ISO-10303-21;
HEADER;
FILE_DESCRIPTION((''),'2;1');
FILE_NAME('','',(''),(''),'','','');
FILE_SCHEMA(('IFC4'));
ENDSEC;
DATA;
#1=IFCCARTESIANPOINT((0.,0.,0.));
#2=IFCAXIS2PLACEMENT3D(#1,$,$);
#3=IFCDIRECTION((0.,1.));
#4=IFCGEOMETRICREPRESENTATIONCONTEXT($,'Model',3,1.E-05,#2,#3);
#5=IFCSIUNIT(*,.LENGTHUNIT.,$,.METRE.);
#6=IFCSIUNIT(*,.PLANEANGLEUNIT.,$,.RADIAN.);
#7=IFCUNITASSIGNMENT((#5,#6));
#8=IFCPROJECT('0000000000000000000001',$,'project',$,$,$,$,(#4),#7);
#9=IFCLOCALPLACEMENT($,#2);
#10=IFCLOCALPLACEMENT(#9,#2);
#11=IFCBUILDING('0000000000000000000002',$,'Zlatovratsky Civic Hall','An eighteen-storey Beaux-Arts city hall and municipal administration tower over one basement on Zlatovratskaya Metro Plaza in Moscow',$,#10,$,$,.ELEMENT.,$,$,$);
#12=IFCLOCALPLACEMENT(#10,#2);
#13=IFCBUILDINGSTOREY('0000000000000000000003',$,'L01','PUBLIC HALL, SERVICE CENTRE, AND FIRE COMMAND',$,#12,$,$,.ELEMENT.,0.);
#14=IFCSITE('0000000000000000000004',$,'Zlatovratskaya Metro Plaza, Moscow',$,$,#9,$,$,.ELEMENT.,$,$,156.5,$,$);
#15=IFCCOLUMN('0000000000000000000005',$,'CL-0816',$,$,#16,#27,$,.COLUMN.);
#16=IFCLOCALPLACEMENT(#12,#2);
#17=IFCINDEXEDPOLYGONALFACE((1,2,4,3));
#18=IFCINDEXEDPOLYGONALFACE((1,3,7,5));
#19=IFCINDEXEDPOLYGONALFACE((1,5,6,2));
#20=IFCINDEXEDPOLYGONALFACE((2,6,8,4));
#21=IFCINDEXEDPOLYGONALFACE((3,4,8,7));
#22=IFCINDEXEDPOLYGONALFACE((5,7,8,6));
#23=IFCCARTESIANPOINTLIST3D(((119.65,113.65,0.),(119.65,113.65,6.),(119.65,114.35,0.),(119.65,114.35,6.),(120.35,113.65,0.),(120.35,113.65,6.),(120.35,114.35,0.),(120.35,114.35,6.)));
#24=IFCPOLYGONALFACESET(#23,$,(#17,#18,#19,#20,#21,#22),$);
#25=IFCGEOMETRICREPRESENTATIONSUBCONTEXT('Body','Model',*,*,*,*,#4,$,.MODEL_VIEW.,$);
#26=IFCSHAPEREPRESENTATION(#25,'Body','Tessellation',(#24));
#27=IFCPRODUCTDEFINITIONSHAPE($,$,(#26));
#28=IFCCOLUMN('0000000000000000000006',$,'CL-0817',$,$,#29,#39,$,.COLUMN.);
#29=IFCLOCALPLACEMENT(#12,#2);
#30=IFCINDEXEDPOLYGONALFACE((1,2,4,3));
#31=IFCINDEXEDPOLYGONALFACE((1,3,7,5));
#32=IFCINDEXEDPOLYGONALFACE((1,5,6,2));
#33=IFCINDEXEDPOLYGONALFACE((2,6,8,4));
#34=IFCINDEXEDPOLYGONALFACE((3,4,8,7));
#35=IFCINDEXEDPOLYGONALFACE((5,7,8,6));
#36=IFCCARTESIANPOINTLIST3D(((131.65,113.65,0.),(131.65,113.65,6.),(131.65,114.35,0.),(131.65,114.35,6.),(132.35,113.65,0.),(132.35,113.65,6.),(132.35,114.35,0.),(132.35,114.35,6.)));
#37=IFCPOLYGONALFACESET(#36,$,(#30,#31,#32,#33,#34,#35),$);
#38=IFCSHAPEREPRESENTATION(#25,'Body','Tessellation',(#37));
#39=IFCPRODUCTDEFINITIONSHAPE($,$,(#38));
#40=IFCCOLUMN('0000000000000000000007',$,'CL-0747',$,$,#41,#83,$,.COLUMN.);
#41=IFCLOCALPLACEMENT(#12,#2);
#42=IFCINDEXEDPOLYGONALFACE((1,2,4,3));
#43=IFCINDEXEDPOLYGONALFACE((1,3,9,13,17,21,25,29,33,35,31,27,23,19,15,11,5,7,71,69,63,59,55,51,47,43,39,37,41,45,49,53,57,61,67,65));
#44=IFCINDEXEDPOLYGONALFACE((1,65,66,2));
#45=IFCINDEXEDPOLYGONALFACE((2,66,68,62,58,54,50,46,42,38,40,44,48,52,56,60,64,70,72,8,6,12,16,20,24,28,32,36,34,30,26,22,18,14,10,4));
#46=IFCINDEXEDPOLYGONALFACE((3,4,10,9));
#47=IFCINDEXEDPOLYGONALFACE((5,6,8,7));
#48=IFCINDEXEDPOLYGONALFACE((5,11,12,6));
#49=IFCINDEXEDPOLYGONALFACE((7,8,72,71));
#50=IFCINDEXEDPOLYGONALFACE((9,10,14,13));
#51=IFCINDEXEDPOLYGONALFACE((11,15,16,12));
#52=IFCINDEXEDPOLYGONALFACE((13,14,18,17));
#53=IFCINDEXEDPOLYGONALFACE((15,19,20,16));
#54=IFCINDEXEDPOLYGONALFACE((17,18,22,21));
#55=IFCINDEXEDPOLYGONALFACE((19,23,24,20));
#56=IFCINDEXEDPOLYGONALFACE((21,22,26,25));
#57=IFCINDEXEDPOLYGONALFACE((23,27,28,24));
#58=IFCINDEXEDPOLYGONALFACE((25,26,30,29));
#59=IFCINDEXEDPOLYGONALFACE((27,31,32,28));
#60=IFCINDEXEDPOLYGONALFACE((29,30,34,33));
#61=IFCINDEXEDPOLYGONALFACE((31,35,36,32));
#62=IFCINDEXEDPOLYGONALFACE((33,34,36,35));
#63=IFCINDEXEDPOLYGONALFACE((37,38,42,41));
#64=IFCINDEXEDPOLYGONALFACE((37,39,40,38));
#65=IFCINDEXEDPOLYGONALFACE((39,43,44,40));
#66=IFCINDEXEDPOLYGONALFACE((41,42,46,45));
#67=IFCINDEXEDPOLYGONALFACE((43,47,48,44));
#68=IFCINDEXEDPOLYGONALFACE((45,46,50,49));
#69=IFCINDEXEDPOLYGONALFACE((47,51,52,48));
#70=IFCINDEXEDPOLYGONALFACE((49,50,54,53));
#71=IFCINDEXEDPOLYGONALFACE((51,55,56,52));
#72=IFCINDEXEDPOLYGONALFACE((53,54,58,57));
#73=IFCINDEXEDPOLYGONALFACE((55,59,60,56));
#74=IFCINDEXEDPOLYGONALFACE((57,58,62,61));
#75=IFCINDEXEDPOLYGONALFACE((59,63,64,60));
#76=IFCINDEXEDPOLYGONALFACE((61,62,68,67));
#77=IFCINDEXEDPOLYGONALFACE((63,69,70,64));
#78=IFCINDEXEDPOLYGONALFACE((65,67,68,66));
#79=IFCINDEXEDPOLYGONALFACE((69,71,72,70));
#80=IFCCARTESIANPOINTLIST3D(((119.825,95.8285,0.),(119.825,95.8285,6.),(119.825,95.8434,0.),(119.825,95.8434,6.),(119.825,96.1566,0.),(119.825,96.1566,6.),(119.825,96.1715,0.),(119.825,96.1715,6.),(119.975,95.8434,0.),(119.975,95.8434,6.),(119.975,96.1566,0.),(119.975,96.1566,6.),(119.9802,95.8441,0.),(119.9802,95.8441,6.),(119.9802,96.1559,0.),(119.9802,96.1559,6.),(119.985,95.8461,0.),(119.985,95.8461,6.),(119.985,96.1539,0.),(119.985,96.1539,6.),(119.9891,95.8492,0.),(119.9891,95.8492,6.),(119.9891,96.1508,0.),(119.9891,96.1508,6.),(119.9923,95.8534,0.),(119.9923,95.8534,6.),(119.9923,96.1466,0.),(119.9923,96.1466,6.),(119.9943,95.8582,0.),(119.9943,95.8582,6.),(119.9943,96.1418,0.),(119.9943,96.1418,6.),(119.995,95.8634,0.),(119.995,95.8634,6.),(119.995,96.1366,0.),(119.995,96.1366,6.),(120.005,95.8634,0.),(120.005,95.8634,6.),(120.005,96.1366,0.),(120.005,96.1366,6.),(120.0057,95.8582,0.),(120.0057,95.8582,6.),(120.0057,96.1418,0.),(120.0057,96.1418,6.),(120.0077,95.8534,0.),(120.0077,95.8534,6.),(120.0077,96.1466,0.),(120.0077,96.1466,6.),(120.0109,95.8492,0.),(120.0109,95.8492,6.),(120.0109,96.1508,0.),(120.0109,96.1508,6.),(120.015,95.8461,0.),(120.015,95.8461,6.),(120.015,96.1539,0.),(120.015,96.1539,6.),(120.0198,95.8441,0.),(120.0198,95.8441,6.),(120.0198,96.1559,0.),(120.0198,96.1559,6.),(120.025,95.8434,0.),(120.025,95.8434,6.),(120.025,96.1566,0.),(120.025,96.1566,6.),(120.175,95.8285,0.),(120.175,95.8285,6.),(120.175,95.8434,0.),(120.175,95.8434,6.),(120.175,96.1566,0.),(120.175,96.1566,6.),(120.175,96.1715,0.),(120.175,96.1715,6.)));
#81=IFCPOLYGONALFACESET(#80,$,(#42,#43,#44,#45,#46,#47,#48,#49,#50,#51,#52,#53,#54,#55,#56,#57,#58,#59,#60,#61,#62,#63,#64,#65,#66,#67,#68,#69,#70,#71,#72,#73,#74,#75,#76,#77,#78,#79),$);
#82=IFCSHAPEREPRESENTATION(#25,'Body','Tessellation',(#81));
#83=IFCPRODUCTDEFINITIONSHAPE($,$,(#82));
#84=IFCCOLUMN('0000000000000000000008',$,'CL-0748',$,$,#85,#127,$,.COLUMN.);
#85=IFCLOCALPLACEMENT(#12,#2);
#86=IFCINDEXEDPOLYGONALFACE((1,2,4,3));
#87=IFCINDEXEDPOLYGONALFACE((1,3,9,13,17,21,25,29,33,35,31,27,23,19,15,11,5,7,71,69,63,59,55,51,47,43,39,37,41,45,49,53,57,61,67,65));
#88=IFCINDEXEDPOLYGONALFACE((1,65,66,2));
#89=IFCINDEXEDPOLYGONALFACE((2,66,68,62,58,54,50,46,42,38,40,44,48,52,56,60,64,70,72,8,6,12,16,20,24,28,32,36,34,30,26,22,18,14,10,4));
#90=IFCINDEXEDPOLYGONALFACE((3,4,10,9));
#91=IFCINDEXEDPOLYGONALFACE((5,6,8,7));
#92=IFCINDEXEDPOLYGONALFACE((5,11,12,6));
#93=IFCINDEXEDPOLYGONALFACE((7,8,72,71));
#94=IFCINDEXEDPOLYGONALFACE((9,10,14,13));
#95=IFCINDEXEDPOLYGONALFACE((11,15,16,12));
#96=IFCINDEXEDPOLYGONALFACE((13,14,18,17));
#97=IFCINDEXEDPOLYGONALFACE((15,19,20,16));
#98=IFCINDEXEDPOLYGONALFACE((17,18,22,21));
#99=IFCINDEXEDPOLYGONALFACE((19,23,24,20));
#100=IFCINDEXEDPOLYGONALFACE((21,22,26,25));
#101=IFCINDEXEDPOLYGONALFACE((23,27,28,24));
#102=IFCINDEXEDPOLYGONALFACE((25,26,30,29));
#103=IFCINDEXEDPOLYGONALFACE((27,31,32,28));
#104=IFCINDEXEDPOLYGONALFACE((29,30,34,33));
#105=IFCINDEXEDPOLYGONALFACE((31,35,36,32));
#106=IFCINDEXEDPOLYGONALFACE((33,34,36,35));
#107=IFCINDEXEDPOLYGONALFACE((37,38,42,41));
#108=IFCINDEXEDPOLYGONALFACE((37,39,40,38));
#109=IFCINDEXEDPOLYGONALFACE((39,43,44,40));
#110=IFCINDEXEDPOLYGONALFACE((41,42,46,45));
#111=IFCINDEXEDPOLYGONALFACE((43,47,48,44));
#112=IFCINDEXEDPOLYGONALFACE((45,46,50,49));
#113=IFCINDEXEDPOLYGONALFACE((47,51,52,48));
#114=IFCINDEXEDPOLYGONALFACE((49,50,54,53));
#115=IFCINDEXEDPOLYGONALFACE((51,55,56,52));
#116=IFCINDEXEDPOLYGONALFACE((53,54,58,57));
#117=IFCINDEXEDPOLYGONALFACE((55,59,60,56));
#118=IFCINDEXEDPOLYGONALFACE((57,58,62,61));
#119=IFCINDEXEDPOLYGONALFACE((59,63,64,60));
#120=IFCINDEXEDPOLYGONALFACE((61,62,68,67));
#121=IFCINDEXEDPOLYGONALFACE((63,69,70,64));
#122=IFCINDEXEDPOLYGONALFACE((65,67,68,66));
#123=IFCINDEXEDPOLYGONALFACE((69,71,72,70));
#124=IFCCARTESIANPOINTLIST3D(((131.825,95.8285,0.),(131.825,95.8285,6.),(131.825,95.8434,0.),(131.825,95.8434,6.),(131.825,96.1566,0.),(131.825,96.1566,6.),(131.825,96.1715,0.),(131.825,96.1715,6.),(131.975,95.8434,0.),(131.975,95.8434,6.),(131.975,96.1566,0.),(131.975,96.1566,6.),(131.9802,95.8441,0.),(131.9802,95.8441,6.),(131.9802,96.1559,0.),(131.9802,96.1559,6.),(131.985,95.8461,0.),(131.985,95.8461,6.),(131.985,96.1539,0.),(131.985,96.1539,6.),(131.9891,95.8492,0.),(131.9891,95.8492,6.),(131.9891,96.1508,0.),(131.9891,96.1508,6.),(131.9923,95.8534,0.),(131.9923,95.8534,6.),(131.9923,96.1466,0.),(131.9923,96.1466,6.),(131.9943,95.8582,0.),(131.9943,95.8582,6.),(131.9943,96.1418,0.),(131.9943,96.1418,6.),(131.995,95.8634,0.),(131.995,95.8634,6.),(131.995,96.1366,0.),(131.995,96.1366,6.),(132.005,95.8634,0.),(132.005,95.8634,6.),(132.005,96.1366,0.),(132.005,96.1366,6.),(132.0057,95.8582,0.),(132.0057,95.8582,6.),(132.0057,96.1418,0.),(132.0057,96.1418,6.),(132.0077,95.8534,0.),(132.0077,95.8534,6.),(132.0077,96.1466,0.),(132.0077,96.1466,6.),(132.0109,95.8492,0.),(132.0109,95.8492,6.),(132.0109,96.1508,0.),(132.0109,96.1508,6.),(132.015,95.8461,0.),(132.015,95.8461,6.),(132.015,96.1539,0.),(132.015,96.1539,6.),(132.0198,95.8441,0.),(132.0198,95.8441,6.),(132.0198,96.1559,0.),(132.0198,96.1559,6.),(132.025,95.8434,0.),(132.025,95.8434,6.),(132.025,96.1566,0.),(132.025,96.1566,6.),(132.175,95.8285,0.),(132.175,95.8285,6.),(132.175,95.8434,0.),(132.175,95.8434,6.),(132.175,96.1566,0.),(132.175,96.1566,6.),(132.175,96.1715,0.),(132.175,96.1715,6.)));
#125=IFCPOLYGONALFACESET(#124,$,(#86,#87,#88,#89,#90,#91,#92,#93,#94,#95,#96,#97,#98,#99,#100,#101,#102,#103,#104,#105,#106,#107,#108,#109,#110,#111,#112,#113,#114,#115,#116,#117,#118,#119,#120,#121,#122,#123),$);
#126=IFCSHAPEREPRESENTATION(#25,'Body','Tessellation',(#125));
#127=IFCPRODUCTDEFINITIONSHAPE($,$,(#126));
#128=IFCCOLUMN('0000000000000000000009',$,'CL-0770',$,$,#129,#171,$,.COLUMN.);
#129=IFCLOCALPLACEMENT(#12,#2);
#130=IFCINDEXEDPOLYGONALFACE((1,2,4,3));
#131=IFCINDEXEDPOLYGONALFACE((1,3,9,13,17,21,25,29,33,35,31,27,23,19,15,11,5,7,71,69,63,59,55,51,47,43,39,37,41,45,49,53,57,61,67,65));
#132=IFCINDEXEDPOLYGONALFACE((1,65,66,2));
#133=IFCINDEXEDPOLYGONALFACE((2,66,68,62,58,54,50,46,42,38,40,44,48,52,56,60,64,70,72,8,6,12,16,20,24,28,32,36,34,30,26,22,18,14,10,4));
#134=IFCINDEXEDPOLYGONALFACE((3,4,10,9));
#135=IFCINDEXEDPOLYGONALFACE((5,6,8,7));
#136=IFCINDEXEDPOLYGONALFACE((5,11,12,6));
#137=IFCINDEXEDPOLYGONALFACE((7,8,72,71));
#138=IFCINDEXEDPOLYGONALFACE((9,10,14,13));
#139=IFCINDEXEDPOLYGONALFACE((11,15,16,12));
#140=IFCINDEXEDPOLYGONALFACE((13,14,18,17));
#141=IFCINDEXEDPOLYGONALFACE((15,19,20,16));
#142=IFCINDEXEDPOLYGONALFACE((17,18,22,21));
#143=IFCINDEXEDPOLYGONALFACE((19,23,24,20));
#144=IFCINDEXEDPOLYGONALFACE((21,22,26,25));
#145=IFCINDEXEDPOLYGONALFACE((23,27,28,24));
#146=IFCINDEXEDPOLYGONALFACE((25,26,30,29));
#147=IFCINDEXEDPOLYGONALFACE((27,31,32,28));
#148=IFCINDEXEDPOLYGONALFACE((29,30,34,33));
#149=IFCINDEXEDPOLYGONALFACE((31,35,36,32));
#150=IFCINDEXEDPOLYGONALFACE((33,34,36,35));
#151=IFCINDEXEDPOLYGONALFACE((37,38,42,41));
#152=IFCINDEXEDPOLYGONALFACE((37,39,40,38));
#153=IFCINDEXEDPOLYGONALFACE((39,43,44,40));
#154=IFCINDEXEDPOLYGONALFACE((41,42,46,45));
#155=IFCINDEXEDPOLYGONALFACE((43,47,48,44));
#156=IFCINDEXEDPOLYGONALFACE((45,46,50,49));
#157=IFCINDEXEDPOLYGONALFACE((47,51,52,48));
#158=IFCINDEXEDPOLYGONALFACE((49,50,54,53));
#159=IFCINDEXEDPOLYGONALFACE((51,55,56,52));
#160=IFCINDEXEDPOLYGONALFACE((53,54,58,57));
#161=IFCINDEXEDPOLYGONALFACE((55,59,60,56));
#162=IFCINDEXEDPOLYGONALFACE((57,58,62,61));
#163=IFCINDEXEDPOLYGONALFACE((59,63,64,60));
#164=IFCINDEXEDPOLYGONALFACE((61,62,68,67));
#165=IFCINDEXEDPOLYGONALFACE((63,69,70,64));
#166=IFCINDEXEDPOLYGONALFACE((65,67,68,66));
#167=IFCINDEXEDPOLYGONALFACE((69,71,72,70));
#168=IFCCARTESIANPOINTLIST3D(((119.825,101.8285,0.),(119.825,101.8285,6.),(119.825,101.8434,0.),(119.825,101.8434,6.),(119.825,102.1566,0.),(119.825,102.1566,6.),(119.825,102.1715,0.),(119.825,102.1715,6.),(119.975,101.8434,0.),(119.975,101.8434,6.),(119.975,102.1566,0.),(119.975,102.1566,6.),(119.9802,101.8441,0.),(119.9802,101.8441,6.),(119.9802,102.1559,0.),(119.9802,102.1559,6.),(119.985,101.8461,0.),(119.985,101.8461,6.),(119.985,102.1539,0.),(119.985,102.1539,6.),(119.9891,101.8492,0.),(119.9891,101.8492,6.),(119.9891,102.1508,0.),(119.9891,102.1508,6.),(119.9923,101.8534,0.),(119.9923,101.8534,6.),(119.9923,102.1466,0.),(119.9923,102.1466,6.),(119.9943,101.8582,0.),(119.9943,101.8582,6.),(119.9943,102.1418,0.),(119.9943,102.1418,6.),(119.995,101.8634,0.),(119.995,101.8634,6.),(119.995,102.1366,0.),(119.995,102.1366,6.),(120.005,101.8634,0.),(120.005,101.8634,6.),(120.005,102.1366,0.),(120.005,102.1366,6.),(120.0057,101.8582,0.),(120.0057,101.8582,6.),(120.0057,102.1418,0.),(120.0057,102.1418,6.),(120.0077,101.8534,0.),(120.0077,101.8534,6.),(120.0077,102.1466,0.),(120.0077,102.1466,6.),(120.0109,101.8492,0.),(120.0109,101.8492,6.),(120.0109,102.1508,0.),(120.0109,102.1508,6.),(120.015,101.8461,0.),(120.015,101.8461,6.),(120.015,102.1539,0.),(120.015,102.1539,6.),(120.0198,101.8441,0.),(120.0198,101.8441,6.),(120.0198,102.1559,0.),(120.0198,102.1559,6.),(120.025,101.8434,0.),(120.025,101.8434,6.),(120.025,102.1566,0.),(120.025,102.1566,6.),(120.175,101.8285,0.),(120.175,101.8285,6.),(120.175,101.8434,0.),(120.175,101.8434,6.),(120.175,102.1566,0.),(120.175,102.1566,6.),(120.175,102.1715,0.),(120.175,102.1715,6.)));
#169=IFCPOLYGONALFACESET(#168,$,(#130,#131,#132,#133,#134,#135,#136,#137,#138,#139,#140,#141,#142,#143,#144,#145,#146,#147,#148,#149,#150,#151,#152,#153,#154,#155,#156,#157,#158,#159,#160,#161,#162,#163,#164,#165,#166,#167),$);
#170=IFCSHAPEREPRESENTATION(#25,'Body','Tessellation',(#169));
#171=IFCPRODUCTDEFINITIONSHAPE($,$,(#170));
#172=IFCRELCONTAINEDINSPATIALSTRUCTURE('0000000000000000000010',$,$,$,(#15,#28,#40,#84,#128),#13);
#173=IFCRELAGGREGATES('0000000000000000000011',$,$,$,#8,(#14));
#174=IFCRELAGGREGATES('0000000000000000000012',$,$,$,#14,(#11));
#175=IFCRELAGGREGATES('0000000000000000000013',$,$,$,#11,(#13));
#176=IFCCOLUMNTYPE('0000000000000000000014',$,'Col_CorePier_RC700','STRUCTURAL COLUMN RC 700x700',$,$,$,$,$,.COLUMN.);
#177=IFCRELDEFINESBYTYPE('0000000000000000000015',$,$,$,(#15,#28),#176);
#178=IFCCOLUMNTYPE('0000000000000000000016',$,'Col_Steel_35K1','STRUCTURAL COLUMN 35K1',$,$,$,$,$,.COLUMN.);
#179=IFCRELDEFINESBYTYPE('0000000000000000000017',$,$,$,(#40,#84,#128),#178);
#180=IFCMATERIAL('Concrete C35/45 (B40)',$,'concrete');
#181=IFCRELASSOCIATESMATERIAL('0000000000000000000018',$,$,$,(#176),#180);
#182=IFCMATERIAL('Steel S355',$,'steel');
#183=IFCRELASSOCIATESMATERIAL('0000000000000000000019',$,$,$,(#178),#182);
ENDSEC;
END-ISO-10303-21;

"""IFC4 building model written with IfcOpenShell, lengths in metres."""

from ifc_helpers import new_model, si_unit, direction, frame, origin, origin_2d, place, context, subcontext, project, spatial, rectangle, i_section, extrude, material, material_profile, profile_set, type_object, element, save


model = new_model("IFC4")

# Units and contexts
model_context = context("Model", 3, precision=1e-05, world=origin(), true_north=direction((0.0, 1.0)))
body_context = subcontext(model_context, "Body", "Model", "MODEL_VIEW")
ifc_project = project(units=[si_unit("LENGTHUNIT", "METRE"), si_unit("PLANEANGLEUNIT", "RADIAN")], contexts=[model_context])

# Site, building, storey
site_placement = place(None, origin())
site = spatial("IfcSite", under=ifc_project, at=site_placement, Name="Zlatovratskaya Metro Plaza, Moscow", CompositionType="ELEMENT", RefElevation=156.5)
building_placement = place(site_placement, origin())
building = spatial("IfcBuilding", under=site, at=building_placement, Name="Zlatovratsky Civic Hall", Description="An eighteen-storey Beaux-Arts city hall and municipal administration tower over one basement on Zlatovratskaya Metro Plaza in Moscow", CompositionType="ELEMENT")
storey_placement = place(building_placement, origin())
storey = spatial("IfcBuildingStorey", under=building, at=storey_placement, Name="L01", Description="PUBLIC HALL, SERVICE CENTRE, AND FIRE COMMAND", CompositionType="ELEMENT", Elevation=0.0)

# Columns
ifc_material_1 = material(Name="Concrete C35/45 (B40)", Category="concrete")
ifc_material_profile_1 = material_profile(ifc_material_1, rectangle(XDim=0.7, YDim=0.7, at=origin_2d()), Name="RC 700x700")
ifc_profile_set_1 = profile_set([ifc_material_profile_1], Name="Concrete C35/45 (B40)")
column_type_1 = type_object("IfcColumnType", Name="Col_CorePier_RC700", Description="STRUCTURAL COLUMN RC 700x700", PredefinedType="COLUMN", material=ifc_profile_set_1)
for number, where, z_axis, x_axis, name in (
    (1, (120.0, 114.0, 0.0), (0.0, 0.0, 1.0), (1.0, 0.0, 0.0), "CL-0816"),
    (2, (132.0, 114.0, 0.0), (0.0, 0.0, 1.0), (1.0, 0.0, 0.0), "CL-0817"),
):
    element("IfcColumn", number, at=place(storey_placement, frame(where, z_axis=z_axis, x_axis=x_axis)), inside=storey, type_object=column_type_1, Name=name, PredefinedType="COLUMN", context=body_context, shape_type="SweptSolid", body=[
        extrude(rectangle(XDim=0.7, YDim=0.7, at=origin_2d()), origin(), (0.0, 0.0, 1.0), 6.0),
    ])
ifc_material_2 = material(Name="Steel S355", Category="steel")
ifc_material_profile_2 = material_profile(ifc_material_2, i_section(OverallWidth=0.3501, OverallDepth=0.343, WebThickness=0.01, FlangeThickness=0.0149, FilletRadius=0.02, at=origin_2d()), Name="35K1")
ifc_profile_set_2 = profile_set([ifc_material_profile_2], Name="Steel S355")
column_type_2 = type_object("IfcColumnType", Name="Col_Steel_35K1", Description="STRUCTURAL COLUMN 35K1", PredefinedType="COLUMN", material=ifc_profile_set_2)
for number, where, z_axis, x_axis, name in (
    (3, (120.0, 96.0, 0.0), (0.0, 0.0, 1.0), (1.0, 0.0, 0.0), "CL-0747"),
    (4, (132.0, 96.0, 0.0), (0.0, 0.0, 1.0), (1.0, 0.0, 0.0), "CL-0748"),
    (5, (120.0, 102.0, 0.0), (0.0, 0.0, 1.0), (1.0, 0.0, 0.0), "CL-0770"),
):
    element("IfcColumn", number, at=place(storey_placement, frame(where, z_axis=z_axis, x_axis=x_axis)), inside=storey, type_object=column_type_2, Name=name, PredefinedType="COLUMN", context=body_context, shape_type="SweptSolid", body=[
        extrude(i_section(OverallWidth=0.3501, OverallDepth=0.343, WebThickness=0.01, FlangeThickness=0.0149, FilletRadius=0.02, at=origin_2d()), origin(), (0.0, 0.0, 1.0), 6.0),
    ])

save(model, "model.ifc")
